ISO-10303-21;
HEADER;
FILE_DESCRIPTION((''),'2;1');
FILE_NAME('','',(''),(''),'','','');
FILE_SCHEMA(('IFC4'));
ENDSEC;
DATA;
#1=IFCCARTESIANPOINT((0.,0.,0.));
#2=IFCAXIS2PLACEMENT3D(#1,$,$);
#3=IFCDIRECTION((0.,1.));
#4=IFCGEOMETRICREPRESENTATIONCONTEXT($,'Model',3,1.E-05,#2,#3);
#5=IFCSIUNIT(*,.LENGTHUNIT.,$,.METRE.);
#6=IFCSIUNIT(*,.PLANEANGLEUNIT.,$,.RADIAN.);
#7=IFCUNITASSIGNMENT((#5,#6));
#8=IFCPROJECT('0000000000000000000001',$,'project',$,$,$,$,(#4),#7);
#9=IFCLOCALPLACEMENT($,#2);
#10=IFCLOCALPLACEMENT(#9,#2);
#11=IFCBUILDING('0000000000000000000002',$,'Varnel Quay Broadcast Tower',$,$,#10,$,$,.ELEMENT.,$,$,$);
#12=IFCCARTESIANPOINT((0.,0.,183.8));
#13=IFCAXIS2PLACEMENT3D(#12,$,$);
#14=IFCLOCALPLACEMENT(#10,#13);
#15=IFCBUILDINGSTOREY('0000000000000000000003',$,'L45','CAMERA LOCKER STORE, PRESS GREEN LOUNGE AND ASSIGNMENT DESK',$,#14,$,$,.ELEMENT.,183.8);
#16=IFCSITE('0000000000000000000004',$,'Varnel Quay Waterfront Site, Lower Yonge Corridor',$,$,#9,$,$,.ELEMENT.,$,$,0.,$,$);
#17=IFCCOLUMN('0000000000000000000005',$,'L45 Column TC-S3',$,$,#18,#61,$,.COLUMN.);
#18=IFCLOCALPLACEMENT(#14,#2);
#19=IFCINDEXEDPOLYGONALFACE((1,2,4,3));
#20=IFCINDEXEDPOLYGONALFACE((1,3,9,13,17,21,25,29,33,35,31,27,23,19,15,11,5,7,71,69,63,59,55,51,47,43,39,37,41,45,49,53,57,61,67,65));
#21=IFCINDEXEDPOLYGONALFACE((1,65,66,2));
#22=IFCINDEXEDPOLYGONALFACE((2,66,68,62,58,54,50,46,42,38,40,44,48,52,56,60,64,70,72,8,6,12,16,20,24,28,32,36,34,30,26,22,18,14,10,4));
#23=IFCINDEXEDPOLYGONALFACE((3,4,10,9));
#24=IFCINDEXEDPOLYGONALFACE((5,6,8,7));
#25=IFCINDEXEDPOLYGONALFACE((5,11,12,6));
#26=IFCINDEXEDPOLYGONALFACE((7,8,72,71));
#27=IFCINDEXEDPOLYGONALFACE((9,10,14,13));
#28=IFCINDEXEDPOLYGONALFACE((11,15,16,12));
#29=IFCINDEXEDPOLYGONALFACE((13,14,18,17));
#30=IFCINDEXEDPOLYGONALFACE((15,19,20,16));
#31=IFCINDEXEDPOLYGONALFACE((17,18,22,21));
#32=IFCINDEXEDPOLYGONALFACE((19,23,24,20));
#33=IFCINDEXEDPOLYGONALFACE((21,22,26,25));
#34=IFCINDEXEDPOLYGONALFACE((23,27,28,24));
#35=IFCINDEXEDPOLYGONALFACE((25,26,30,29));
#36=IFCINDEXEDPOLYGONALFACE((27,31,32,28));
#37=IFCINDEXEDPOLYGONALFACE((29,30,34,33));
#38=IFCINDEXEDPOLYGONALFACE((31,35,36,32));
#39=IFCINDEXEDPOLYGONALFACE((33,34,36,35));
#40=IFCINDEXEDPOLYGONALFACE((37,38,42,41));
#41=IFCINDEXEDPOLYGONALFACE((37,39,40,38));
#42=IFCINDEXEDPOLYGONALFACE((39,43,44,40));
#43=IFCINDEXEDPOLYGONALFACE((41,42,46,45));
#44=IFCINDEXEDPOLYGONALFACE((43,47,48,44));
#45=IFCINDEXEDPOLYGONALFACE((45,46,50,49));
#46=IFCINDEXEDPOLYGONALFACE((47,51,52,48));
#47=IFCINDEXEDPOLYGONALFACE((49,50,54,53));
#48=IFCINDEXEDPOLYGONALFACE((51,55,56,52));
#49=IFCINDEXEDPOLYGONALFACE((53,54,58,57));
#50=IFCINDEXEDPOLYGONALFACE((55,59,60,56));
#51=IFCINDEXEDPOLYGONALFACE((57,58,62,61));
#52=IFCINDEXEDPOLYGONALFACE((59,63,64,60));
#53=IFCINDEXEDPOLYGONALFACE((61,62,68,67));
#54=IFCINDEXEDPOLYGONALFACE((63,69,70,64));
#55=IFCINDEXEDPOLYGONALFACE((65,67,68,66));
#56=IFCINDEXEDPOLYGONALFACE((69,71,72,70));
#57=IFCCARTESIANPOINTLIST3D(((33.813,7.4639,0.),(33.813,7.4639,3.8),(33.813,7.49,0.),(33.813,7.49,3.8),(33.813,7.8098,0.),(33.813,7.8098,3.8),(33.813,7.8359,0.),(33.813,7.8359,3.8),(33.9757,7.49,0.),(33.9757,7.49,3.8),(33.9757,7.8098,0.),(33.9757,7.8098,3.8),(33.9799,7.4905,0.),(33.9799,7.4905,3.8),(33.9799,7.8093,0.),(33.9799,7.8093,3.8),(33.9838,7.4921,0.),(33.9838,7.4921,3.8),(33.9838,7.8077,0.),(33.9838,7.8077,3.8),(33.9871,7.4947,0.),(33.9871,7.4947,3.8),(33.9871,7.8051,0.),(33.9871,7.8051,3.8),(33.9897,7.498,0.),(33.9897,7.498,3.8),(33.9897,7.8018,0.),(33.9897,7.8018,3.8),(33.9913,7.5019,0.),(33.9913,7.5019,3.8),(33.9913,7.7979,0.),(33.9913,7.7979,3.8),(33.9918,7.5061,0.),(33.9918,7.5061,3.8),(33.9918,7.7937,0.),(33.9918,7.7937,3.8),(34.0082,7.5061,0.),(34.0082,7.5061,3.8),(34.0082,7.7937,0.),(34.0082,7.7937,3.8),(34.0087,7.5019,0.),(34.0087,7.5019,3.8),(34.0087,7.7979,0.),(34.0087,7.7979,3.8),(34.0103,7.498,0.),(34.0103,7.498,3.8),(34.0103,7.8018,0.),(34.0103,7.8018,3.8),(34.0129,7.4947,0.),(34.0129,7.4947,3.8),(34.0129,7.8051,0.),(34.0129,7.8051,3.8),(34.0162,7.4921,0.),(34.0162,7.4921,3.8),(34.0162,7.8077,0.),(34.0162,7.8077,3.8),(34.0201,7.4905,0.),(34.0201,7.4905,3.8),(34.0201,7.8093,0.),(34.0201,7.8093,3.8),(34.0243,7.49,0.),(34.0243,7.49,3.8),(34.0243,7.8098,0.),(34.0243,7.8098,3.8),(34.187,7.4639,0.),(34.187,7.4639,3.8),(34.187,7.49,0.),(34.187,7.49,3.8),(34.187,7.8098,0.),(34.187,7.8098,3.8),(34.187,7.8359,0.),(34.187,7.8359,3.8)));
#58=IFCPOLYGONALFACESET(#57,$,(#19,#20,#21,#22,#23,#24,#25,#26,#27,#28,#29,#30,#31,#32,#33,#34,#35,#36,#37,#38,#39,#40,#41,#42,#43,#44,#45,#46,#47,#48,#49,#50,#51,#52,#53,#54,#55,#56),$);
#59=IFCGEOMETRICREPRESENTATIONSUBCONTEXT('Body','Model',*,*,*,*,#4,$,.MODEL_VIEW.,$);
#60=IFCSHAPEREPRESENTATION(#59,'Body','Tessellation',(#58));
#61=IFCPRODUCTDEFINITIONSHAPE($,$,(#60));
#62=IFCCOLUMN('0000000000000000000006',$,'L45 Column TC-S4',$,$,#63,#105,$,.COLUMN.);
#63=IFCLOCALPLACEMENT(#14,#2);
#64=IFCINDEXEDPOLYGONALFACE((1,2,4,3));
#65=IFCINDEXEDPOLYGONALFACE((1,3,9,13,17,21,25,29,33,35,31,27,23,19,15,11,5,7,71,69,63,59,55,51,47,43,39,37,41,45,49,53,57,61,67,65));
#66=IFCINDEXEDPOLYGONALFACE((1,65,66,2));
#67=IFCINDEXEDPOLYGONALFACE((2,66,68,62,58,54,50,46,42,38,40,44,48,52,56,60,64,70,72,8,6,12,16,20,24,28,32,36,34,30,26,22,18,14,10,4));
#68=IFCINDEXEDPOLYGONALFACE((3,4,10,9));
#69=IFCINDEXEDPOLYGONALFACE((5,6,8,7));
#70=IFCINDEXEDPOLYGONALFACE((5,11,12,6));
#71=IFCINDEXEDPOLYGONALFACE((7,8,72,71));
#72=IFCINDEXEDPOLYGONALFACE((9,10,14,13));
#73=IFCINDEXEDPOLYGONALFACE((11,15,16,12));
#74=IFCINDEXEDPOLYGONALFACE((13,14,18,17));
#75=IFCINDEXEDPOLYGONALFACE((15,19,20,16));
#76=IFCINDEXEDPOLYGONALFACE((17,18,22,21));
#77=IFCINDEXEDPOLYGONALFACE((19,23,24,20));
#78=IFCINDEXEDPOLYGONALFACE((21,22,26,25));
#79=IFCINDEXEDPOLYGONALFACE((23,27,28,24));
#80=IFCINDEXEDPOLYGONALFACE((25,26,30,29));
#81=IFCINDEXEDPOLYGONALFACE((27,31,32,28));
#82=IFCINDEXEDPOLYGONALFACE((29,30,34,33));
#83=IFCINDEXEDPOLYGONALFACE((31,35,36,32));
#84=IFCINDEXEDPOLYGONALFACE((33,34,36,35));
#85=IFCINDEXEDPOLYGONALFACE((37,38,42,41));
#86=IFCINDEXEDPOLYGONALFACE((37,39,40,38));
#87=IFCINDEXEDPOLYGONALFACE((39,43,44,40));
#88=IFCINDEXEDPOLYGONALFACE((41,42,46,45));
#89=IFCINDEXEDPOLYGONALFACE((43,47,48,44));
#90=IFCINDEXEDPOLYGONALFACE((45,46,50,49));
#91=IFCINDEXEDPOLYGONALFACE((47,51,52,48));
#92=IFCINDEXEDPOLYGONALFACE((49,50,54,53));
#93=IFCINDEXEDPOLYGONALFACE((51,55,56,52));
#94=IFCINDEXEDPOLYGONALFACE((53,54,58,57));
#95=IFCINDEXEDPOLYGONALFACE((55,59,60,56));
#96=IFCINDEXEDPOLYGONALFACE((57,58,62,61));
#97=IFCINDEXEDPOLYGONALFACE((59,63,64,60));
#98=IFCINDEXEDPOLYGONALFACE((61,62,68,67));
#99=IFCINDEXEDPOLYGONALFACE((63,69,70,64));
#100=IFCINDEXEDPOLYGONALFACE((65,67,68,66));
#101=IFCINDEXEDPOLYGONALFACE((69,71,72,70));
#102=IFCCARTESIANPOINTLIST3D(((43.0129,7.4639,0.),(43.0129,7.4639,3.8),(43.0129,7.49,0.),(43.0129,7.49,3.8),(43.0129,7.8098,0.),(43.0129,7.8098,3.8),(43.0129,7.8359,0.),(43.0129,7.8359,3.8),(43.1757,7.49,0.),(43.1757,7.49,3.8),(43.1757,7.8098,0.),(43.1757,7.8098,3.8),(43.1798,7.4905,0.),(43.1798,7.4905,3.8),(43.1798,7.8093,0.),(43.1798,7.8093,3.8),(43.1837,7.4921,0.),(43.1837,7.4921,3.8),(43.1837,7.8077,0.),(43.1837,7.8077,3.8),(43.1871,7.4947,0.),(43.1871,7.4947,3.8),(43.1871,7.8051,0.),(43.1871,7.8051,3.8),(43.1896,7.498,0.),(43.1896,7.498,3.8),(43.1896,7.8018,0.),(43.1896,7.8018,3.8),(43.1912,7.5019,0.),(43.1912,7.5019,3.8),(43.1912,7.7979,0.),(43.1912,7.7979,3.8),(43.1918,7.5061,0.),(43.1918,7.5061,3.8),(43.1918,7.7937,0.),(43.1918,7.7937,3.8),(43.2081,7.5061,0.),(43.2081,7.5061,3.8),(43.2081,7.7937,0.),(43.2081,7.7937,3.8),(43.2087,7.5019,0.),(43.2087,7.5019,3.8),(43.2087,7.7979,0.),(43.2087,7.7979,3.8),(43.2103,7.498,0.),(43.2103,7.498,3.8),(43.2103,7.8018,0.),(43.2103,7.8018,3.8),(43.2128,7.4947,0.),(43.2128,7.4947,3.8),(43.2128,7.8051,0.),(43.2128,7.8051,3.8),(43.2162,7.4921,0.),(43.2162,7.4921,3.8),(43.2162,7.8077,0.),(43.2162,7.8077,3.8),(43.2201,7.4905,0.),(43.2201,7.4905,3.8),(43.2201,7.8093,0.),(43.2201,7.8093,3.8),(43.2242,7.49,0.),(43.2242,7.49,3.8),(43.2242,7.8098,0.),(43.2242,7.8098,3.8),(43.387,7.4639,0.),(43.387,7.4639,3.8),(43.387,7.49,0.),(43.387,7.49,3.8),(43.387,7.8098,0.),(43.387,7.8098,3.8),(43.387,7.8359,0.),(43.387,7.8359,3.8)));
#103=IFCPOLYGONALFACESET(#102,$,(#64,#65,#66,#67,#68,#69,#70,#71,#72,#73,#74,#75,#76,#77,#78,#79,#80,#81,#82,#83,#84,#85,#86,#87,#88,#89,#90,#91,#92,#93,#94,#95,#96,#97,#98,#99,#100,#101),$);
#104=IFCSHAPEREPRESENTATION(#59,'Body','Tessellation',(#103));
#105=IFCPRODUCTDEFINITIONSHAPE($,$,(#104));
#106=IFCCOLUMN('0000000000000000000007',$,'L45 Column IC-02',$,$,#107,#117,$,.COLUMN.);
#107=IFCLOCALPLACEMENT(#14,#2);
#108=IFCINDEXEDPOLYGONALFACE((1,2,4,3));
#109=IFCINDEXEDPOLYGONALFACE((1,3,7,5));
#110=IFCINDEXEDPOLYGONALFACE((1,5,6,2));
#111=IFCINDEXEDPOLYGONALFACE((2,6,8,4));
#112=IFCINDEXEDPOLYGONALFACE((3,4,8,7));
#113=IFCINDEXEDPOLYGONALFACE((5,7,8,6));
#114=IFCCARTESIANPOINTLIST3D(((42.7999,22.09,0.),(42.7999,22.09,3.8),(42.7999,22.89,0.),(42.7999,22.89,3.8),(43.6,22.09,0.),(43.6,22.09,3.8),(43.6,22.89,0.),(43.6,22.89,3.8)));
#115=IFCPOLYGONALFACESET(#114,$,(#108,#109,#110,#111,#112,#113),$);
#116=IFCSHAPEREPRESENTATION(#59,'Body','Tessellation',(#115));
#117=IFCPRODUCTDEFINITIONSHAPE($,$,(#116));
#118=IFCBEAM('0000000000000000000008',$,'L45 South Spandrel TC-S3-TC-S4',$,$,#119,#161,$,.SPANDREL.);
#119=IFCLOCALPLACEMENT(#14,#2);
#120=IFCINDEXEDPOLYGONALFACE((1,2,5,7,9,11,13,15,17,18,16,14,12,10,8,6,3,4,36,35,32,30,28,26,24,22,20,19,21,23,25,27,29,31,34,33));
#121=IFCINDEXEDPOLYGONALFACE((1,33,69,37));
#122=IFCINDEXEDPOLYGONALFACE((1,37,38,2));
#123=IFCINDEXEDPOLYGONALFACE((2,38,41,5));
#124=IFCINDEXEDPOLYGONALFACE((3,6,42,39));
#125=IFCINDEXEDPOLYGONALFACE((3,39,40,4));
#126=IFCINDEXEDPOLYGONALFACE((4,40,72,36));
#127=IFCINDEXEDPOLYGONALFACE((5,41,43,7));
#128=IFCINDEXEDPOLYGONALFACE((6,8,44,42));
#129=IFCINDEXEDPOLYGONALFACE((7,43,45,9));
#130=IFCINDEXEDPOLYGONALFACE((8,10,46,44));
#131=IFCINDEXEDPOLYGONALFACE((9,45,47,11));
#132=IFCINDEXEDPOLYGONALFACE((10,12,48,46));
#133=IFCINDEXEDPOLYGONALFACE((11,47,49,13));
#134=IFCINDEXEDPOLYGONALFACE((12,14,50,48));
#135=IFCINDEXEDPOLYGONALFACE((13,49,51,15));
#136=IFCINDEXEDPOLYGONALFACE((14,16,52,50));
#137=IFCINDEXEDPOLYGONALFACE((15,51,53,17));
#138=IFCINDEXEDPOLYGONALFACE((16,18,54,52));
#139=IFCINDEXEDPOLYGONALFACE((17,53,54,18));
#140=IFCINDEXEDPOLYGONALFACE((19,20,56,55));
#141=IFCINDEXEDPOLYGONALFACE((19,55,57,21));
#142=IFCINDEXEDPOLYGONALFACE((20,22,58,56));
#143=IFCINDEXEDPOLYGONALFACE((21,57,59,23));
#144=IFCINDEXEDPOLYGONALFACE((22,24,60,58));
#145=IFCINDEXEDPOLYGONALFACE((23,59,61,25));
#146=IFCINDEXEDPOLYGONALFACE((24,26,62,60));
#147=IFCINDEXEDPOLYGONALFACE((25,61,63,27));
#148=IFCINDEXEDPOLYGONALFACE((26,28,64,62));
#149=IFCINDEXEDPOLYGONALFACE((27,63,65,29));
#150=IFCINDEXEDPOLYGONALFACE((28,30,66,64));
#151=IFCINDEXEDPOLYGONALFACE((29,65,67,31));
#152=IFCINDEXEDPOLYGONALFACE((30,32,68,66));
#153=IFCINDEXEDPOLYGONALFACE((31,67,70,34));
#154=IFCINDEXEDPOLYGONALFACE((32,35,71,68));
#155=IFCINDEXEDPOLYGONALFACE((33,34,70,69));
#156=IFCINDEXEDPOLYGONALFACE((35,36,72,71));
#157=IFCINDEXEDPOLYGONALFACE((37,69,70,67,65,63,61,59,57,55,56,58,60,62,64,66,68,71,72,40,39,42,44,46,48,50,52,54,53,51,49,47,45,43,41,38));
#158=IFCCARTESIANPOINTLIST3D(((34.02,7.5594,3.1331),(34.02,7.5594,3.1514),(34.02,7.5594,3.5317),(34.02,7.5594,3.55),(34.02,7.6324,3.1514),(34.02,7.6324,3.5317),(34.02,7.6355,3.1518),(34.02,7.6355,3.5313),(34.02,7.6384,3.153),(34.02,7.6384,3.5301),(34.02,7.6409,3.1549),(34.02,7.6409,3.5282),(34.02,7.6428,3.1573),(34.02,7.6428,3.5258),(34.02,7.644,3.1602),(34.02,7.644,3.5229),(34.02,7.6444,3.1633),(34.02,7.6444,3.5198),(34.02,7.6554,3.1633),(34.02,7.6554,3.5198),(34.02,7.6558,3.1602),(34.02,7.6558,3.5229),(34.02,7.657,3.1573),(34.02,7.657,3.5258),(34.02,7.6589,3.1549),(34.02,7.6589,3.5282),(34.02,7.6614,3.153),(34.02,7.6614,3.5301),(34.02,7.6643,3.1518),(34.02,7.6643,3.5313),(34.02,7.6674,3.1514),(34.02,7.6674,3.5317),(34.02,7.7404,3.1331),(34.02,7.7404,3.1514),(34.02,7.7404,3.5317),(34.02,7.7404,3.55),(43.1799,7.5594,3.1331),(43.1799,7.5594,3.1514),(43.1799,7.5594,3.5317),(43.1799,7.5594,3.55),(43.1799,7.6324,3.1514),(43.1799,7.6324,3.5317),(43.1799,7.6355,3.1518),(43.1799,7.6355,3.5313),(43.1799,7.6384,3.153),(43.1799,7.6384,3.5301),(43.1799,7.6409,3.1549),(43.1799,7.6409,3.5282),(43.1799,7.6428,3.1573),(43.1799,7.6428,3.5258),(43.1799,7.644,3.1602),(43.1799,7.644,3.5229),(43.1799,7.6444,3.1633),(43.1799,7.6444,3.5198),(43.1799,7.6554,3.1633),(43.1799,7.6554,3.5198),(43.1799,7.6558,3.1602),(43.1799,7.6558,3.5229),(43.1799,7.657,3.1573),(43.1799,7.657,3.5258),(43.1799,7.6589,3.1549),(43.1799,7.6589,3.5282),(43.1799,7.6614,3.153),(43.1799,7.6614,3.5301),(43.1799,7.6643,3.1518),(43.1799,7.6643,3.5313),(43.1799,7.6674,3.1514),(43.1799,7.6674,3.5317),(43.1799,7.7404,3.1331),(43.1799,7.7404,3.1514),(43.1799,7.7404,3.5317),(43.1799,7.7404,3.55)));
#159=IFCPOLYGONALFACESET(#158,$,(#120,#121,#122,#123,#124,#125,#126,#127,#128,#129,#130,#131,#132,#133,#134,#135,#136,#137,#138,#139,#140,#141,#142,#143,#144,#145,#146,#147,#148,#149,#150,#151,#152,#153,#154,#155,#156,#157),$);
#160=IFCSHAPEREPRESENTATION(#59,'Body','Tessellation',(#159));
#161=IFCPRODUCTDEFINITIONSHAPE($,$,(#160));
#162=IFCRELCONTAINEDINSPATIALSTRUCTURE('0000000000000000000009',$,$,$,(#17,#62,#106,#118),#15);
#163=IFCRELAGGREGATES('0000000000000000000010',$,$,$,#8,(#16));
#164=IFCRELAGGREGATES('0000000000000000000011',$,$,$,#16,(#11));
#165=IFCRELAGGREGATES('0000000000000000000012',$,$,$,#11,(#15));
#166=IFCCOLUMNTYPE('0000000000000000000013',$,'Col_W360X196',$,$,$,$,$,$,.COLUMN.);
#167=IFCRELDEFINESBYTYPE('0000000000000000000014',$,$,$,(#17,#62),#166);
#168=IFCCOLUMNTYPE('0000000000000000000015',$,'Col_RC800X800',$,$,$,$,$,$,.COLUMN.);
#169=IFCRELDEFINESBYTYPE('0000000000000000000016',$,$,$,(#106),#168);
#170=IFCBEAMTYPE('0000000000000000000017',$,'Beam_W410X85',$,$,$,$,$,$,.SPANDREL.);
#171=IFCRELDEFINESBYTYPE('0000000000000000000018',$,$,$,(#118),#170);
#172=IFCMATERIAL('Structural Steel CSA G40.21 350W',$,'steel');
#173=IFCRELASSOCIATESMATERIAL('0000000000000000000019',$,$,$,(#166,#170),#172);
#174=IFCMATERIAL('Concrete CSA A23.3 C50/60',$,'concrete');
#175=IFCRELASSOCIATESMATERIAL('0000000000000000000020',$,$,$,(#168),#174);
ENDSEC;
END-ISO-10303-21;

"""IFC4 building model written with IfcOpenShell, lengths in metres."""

from ifc_helpers import new_model, si_unit, direction, frame, origin, origin_2d, place, context, subcontext, project, spatial, rectangle, i_section, extrude, source, transform, mapped, material, material_profile, profile_set, type_object, type_shapes, element, save


model = new_model("IFC4")

# Units and contexts
model_context = context("Model", 3, precision=1e-05, world=origin(), true_north=direction((0.0, 1.0)))
body_context = subcontext(model_context, "Body", "Model", "MODEL_VIEW")
ifc_project = project(units=[si_unit("LENGTHUNIT", "METRE"), si_unit("PLANEANGLEUNIT", "RADIAN")], contexts=[model_context])

# Site, building, storey
site_placement = place(None, origin())
site = spatial("IfcSite", under=ifc_project, at=site_placement, Name="Varnel Quay Waterfront Site, Lower Yonge Corridor", CompositionType="ELEMENT", RefElevation=0.0)
building_placement = place(site_placement, origin())
building = spatial("IfcBuilding", under=site, at=building_placement, Name="Varnel Quay Broadcast Tower", CompositionType="ELEMENT")
storey_placement = place(building_placement, frame((0.0, 0.0, 183.8)))
storey = spatial("IfcBuildingStorey", under=building, at=storey_placement, Name="L45", Description="CAMERA LOCKER STORE, PRESS GREEN LOUNGE AND ASSIGNMENT DESK", CompositionType="ELEMENT", Elevation=183.8)

# Columns
ifc_material_1 = material(Name="Structural Steel CSA G40.21 350W", Category="steel")
ifc_material_profile_1 = material_profile(ifc_material_1, i_section(OverallWidth=0.374, OverallDepth=0.3721, WebThickness=0.0164, FlangeThickness=0.0261, FilletRadius=0.0161, at=origin_2d()), Name="W360X196")
ifc_profile_set_1 = profile_set([ifc_material_profile_1], Name="Structural Steel CSA G40.21 350W")
column_type_1 = type_object("IfcColumnType", Name="Col_W360X196", PredefinedType="COLUMN", material=ifc_profile_set_1)
shared_shape_1 = source(origin(), body_context, "Body", "SweptSolid", [
    extrude(i_section(OverallWidth=0.374, OverallDepth=0.3721, WebThickness=0.0164, FlangeThickness=0.0261, FilletRadius=0.0161, at=origin_2d()), origin(), (0.0, 0.0, 1.0), 3.8),
])
type_shapes(column_type_1, [shared_shape_1])
for number, where, z_axis, x_axis, name in (
    (1, (34.0, 7.6499, 0.0), (0.0, 0.0, 1.0), (1.0, 0.0, 0.0), "L45 Column TC-S3"),
    (2, (43.2, 7.6499, 0.0), (0.0, 0.0, 1.0), (1.0, 0.0, 0.0), "L45 Column TC-S4"),
):
    element("IfcColumn", number, at=place(storey_placement, frame(where, z_axis=z_axis, x_axis=x_axis)), inside=storey, type_object=column_type_1, Name=name, PredefinedType="COLUMN", context=body_context, shape_type="MappedRepresentation", body=[
        mapped(shared_shape_1, transform((0.0, 0.0, 0.0), x_axis=(1.0, 0.0, 0.0), y_axis=(0.0, 1.0, 0.0), z_axis=(0.0, 0.0, 1.0), scale=1.0)),
    ])
ifc_material_2 = material(Name="Concrete CSA A23.3 C50/60", Category="concrete")
ifc_material_profile_2 = material_profile(ifc_material_2, rectangle(XDim=0.8, YDim=0.8, at=origin_2d()), Name="RC800X800")
ifc_profile_set_2 = profile_set([ifc_material_profile_2], Name="Concrete CSA A23.3 C50/60")
column_type_2 = type_object("IfcColumnType", Name="Col_RC800X800", PredefinedType="COLUMN", material=ifc_profile_set_2)
shared_shape_2 = source(origin(), body_context, "Body", "SweptSolid", [
    extrude(rectangle(XDim=0.8, YDim=0.8, at=origin_2d()), origin(), (0.0, 0.0, 1.0), 3.8),
])
type_shapes(column_type_2, [shared_shape_2])
column_placement = place(storey_placement, frame((43.2, 22.49, 0.0), z_axis=(0.0, 0.0, 1.0), x_axis=(1.0, 0.0, 0.0)))
element("IfcColumn", 3, at=column_placement, inside=storey, type_object=column_type_2, Name="L45 Column IC-02", PredefinedType="COLUMN", context=body_context, shape_type="MappedRepresentation", body=[
    mapped(shared_shape_2, transform((0.0, 0.0, 0.0), x_axis=(1.0, 0.0, 0.0), y_axis=(0.0, 1.0, 0.0), z_axis=(0.0, 0.0, 1.0), scale=1.0)),
])

# Beam
ifc_material_profile_3 = material_profile(ifc_material_1, i_section(OverallWidth=0.1809, OverallDepth=0.417, WebThickness=0.011, FlangeThickness=0.0183, FilletRadius=0.012, at=origin_2d()), Name="W410X85")
ifc_profile_set_3 = profile_set([ifc_material_profile_3], Name="Structural Steel CSA G40.21 350W")
beam_type_1 = type_object("IfcBeamType", Name="Beam_W410X85", PredefinedType="SPANDREL", material=ifc_profile_set_3)
shared_shape_3 = source(origin(), body_context, "Body", "SweptSolid", [
    extrude(i_section(OverallWidth=0.1809, OverallDepth=0.417, WebThickness=0.011, FlangeThickness=0.0183, FilletRadius=0.012, at=origin_2d()), origin(), (0.0, 0.0, 1.0), 9.1599),
])
type_shapes(beam_type_1, [shared_shape_3])
for number, where, z_axis, x_axis, name in (
    (4, (34.02, 7.6499, 3.3416), (1.0, 0.0, 0.0), (0.0, 1.0, 0.0), "L45 South Spandrel TC-S3-TC-S4"),
):
    element("IfcBeam", number, at=place(storey_placement, frame(where, z_axis=z_axis, x_axis=x_axis)), inside=storey, type_object=beam_type_1, Name=name, PredefinedType="SPANDREL", context=body_context, shape_type="MappedRepresentation", body=[
        mapped(shared_shape_3, transform((0.0, 0.0, 0.0), x_axis=(1.0, 0.0, 0.0), y_axis=(0.0, 1.0, 0.0), z_axis=(0.0, 0.0, 1.0), scale=1.0)),
    ])

save(model, "model.ifc")
